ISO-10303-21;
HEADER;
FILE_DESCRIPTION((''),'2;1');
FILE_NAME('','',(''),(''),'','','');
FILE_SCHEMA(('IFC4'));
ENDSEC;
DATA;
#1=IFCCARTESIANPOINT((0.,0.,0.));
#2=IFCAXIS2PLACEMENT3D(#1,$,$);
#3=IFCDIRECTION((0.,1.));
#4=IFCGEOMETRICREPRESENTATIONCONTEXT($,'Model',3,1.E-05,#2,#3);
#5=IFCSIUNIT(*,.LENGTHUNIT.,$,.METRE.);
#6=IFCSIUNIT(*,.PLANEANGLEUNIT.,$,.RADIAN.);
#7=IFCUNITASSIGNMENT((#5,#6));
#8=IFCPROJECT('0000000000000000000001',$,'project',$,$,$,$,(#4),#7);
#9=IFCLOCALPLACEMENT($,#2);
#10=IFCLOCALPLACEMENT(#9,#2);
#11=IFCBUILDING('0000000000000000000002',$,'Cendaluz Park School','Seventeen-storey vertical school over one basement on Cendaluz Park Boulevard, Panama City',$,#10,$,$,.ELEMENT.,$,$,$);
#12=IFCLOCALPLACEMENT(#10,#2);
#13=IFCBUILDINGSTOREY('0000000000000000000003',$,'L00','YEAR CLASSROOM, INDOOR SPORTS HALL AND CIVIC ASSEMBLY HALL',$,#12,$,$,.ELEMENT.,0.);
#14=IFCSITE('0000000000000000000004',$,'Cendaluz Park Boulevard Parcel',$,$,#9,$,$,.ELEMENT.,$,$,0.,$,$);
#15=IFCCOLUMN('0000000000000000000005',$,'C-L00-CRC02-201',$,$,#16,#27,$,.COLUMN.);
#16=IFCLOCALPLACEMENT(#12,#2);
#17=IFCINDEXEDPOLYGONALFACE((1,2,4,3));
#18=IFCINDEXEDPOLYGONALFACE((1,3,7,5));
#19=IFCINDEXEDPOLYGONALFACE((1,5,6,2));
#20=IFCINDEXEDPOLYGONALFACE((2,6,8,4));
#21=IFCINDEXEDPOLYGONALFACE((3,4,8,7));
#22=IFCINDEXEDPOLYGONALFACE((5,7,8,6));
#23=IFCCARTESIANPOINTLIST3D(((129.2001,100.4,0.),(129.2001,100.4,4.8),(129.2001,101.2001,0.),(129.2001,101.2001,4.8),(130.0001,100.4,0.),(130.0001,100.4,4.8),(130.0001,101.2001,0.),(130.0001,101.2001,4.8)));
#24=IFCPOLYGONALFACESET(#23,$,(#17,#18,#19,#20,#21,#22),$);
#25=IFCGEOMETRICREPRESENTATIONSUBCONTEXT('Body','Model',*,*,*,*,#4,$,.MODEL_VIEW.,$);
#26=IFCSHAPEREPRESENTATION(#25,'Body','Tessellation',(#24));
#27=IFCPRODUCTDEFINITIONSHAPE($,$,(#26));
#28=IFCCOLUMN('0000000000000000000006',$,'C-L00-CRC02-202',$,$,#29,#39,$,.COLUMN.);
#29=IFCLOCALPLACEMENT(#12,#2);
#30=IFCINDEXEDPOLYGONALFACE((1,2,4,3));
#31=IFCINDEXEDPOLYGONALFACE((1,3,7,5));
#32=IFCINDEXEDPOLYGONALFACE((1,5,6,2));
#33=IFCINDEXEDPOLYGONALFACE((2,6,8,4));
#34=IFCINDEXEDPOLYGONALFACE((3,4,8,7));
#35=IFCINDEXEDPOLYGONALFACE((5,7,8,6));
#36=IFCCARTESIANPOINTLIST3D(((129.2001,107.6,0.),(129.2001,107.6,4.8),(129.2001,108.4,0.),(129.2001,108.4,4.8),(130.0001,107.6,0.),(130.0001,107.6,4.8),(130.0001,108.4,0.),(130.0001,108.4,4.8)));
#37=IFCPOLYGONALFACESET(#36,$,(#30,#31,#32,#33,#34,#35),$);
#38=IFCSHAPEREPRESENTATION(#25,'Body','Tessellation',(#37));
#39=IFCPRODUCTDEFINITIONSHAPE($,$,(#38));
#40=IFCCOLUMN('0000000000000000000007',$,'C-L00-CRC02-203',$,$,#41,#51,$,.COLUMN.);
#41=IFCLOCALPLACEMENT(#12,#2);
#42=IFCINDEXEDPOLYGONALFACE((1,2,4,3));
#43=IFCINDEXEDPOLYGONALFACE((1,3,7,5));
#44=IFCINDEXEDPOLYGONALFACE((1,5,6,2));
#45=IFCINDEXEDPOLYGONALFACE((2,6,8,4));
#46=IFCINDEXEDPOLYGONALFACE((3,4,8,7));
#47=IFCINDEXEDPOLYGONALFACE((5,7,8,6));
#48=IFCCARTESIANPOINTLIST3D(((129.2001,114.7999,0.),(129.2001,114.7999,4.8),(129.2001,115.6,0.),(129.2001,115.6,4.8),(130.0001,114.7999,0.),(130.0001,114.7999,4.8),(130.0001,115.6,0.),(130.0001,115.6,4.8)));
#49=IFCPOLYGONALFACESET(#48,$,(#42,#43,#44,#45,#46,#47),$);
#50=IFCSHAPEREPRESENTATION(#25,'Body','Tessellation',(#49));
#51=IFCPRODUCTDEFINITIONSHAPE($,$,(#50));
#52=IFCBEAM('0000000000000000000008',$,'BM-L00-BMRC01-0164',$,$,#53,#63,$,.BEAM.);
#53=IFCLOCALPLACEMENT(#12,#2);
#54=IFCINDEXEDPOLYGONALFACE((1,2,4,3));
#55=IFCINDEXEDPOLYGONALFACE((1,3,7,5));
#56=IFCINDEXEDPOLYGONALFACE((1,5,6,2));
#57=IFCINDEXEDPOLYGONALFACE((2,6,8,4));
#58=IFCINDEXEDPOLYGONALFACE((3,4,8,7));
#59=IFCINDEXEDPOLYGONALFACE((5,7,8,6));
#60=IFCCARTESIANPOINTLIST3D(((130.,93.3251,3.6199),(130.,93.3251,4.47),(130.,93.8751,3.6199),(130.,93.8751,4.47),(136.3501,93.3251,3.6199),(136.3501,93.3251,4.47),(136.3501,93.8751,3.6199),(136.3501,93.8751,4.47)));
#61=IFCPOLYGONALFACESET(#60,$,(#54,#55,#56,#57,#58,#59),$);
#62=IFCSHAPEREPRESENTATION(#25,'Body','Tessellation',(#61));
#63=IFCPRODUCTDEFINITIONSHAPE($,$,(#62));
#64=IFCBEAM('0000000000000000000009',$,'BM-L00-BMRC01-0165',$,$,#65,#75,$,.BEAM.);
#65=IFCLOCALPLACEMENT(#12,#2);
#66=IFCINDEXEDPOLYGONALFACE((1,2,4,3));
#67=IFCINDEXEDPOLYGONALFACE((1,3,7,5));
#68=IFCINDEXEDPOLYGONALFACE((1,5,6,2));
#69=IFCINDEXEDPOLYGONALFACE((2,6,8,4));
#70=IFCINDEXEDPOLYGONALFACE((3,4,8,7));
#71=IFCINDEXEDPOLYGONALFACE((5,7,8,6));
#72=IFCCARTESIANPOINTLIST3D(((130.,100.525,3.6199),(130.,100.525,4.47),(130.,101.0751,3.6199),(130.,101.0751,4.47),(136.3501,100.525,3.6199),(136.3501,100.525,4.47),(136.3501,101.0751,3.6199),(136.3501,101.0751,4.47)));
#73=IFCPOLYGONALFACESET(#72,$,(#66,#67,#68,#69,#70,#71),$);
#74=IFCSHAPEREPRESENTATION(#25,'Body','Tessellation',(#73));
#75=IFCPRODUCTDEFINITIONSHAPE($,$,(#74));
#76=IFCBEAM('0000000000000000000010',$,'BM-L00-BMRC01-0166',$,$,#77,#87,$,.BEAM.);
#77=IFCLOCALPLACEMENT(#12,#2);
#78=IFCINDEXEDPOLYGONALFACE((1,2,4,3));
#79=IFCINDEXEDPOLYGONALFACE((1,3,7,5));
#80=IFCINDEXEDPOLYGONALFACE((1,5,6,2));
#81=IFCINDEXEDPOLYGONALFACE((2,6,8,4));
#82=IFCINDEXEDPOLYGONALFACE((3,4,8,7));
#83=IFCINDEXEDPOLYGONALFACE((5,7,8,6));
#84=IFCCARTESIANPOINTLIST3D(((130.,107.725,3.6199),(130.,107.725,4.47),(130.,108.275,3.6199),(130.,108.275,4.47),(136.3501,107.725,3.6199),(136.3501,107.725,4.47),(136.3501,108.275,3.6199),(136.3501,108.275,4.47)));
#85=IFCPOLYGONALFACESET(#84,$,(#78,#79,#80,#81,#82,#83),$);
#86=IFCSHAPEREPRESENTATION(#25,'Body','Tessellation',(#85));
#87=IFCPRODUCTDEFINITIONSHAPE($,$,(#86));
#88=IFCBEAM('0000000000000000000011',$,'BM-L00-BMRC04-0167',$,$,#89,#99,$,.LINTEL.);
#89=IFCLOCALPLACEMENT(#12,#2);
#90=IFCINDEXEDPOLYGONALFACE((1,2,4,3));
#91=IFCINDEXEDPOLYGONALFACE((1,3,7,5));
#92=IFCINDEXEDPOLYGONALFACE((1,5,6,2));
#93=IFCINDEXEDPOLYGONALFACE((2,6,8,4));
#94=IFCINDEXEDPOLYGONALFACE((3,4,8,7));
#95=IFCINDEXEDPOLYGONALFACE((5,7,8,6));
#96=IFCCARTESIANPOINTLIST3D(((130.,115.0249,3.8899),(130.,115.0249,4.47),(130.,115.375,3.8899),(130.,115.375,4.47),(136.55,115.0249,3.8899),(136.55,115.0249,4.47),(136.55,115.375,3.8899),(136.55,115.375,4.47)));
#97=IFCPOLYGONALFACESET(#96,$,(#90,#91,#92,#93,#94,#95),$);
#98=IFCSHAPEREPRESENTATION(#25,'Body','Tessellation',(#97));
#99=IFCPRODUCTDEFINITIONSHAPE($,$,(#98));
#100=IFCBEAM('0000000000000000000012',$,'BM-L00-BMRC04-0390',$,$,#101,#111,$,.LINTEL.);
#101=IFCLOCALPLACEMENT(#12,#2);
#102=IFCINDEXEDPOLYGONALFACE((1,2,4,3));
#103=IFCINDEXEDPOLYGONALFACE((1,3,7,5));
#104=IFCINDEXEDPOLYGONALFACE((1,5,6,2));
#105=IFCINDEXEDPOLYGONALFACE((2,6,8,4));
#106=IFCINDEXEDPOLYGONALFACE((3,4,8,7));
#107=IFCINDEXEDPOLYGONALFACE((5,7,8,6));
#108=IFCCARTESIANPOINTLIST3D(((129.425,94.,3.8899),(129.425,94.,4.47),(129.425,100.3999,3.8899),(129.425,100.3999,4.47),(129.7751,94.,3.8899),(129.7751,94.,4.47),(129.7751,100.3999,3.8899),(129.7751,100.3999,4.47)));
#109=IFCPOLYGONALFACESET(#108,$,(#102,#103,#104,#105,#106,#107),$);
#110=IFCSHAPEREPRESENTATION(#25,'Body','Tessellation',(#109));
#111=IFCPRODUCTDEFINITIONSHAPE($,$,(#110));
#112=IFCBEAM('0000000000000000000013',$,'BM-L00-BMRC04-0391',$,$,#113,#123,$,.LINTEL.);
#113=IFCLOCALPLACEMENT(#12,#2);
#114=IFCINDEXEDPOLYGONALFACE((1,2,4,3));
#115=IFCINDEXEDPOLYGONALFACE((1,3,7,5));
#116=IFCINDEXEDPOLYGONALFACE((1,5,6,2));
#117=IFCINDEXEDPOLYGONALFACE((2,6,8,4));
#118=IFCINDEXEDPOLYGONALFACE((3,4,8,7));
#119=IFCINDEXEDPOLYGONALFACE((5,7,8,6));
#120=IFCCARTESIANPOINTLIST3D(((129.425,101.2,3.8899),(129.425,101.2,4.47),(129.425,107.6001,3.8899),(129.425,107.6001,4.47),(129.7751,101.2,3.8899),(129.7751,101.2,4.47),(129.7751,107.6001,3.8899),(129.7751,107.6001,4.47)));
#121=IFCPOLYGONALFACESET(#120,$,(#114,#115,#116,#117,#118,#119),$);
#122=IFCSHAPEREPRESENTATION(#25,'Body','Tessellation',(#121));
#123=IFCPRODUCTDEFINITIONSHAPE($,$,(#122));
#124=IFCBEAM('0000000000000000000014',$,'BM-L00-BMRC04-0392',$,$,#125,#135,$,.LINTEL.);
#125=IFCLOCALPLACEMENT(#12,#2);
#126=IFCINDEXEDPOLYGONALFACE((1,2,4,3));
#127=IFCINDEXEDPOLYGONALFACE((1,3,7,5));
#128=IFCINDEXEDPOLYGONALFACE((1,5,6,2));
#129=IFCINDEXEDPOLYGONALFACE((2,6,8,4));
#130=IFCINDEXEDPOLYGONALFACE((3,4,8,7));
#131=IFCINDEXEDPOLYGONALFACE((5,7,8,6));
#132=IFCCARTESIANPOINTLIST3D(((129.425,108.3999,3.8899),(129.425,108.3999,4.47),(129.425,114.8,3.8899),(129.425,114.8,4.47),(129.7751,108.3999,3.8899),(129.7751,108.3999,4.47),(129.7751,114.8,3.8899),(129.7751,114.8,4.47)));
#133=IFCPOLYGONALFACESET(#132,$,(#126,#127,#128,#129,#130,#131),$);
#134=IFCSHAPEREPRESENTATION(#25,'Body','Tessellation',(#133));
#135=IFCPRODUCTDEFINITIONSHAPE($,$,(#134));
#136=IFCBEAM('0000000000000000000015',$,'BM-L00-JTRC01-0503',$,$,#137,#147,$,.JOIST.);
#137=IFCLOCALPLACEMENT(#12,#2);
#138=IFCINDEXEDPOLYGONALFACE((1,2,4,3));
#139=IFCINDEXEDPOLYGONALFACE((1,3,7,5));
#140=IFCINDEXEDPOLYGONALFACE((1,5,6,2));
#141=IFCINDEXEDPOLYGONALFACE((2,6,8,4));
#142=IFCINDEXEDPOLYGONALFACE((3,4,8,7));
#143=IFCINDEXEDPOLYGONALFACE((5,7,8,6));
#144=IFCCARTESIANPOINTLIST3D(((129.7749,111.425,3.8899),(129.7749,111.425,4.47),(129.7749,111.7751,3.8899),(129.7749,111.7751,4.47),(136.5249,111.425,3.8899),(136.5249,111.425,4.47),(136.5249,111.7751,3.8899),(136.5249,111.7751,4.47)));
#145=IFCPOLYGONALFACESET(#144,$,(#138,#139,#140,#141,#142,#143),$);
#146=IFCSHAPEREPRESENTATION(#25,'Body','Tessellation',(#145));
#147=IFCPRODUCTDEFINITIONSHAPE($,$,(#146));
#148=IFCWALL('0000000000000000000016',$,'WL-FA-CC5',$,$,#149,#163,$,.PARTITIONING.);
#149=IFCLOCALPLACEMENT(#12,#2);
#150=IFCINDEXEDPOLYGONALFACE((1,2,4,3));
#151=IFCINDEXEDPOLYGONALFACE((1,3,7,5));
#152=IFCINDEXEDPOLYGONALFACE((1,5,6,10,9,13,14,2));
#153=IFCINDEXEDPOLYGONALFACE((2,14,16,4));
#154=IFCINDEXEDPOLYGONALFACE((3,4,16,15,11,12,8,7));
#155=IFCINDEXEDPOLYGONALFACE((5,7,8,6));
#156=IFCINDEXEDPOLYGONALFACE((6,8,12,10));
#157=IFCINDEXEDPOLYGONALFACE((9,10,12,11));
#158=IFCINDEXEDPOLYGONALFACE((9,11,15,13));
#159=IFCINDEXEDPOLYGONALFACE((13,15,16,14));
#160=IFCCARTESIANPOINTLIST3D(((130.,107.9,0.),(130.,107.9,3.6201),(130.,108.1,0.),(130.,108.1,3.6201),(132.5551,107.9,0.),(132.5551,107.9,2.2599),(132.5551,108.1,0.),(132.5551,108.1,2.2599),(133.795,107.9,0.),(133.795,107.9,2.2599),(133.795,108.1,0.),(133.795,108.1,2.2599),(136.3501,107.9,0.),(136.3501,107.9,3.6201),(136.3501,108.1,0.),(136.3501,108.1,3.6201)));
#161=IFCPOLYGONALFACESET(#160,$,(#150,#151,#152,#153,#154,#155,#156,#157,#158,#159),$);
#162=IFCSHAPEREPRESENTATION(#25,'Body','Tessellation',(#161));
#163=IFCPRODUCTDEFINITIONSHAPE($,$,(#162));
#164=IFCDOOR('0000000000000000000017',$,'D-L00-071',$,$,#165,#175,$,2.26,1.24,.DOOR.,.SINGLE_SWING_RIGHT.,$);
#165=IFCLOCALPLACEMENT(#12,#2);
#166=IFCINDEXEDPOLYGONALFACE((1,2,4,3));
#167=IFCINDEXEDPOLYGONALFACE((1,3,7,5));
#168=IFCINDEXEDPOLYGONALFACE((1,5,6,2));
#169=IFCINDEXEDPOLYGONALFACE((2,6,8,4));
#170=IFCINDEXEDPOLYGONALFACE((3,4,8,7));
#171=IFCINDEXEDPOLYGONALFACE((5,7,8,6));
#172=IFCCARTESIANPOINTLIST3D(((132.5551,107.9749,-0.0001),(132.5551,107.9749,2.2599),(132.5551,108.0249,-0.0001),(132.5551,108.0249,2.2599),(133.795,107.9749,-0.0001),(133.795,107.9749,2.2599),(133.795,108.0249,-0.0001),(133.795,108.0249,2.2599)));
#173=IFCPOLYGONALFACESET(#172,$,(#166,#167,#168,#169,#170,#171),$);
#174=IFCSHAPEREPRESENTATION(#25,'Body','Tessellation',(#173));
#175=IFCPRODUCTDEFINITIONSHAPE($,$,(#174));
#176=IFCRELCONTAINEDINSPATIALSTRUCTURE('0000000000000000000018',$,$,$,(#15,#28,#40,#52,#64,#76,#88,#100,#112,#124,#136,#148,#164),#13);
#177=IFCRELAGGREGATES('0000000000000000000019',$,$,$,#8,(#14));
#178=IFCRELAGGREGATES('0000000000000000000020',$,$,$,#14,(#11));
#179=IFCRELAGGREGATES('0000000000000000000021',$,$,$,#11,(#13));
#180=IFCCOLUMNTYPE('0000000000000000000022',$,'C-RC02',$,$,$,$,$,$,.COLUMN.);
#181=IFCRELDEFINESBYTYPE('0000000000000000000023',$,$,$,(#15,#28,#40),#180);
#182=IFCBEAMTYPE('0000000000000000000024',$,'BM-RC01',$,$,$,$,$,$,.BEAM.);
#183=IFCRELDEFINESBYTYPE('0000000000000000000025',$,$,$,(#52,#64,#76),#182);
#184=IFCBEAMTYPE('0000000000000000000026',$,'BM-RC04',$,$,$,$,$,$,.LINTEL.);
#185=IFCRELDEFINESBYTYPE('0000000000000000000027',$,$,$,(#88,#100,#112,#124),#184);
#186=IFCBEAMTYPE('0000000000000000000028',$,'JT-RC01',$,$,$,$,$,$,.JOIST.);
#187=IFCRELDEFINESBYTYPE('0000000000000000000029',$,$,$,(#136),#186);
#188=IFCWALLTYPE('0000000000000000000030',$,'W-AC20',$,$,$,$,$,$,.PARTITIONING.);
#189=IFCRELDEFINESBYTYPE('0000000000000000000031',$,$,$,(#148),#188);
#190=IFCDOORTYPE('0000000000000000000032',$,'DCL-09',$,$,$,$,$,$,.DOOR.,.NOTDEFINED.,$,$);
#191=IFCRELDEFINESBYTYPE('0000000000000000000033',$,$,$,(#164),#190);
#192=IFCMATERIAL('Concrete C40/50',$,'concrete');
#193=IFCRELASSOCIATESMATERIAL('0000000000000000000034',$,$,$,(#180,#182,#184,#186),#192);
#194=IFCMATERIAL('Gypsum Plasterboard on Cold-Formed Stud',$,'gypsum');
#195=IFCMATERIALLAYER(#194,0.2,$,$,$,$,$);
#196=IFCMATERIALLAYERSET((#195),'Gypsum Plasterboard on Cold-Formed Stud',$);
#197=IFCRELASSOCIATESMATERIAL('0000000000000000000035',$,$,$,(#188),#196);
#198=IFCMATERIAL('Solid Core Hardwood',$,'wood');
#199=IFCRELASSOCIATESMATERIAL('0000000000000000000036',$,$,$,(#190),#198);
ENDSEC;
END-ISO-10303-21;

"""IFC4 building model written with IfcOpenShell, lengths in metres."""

from ifc_helpers import new_model, si_unit, direction, frame, frame_2d, origin, origin_2d, place, context, subcontext, project, spatial, rectangle, extrude, material, layer, layer_set, material_profile, profile_set, type_object, element, fill, save


model = new_model("IFC4")

# Units and contexts
model_context = context("Model", 3, precision=1e-05, world=origin(), true_north=direction((0.0, 1.0)))
body_context = subcontext(model_context, "Body", "Model", "MODEL_VIEW")
ifc_project = project(units=[si_unit("LENGTHUNIT", "METRE"), si_unit("PLANEANGLEUNIT", "RADIAN")], contexts=[model_context])

# Site, building, storey
site_placement = place(None, origin())
site = spatial("IfcSite", under=ifc_project, at=site_placement, Name="Cendaluz Park Boulevard Parcel", CompositionType="ELEMENT", RefElevation=0.0)
building_placement = place(site_placement, origin())
building = spatial("IfcBuilding", under=site, at=building_placement, Name="Cendaluz Park School", Description="Seventeen-storey vertical school over one basement on Cendaluz Park Boulevard, Panama City", CompositionType="ELEMENT")
storey_placement = place(building_placement, origin())
storey = spatial("IfcBuildingStorey", under=building, at=storey_placement, Name="L00", Description="YEAR CLASSROOM, INDOOR SPORTS HALL AND CIVIC ASSEMBLY HALL", CompositionType="ELEMENT", Elevation=0.0)

# Columns
ifc_material_1 = material(Name="Concrete C40/50", Category="concrete")
ifc_material_profile_1 = material_profile(ifc_material_1, rectangle(XDim=0.8, YDim=0.8, at=origin_2d()), Name="RC 800x800", Category="concrete")
ifc_profile_set_1 = profile_set([ifc_material_profile_1], Name="Concrete C40/50")
column_type = type_object("IfcColumnType", Name="C-RC02", PredefinedType="COLUMN", material=ifc_profile_set_1)
for number, where, z_axis, x_axis, name in (
    (1, (129.6001, 100.8, 0.0), (0.0, 0.0, 1.0), (1.0, 0.0, 0.0), "C-L00-CRC02-201"),
    (2, (129.6001, 108.0, 0.0), (0.0, 0.0, 1.0), (1.0, 0.0, 0.0), "C-L00-CRC02-202"),
    (3, (129.6001, 115.2, 0.0), (0.0, 0.0, 1.0), (1.0, 0.0, 0.0), "C-L00-CRC02-203"),
):
    element("IfcColumn", number, at=place(storey_placement, frame(where, z_axis=z_axis, x_axis=x_axis)), inside=storey, type_object=column_type, Name=name, PredefinedType="COLUMN", context=body_context, shape_type="SweptSolid", body=[
        extrude(rectangle(XDim=0.8, YDim=0.8, at=origin_2d()), origin(), (0.0, 0.0, 1.0), 4.8),
    ])

# Beams
ifc_material_profile_2 = material_profile(ifc_material_1, rectangle(XDim=0.55, YDim=0.8501, at=origin_2d()), Name="RC 550x850", Category="concrete")
ifc_profile_set_2 = profile_set([ifc_material_profile_2], Name="Concrete C40/50")
beam_type_1 = type_object("IfcBeamType", Name="BM-RC01", PredefinedType="BEAM", material=ifc_profile_set_2)
for number, where, z_axis, x_axis, name in (
    (4, (130.0, 93.6001, 4.0449), (1.0, 0.0, 0.0), (0.0, 1.0, 0.0), "BM-L00-BMRC01-0164"),
    (5, (130.0, 100.8, 4.0449), (1.0, 0.0, 0.0), (0.0, 1.0, 0.0), "BM-L00-BMRC01-0165"),
    (6, (130.0, 108.0, 4.0449), (1.0, 0.0, 0.0), (0.0, 1.0, 0.0), "BM-L00-BMRC01-0166"),
):
    element("IfcBeam", number, at=place(storey_placement, frame(where, z_axis=z_axis, x_axis=x_axis)), inside=storey, type_object=beam_type_1, Name=name, PredefinedType="BEAM", context=body_context, shape_type="SweptSolid", body=[
        extrude(rectangle(XDim=0.55, YDim=0.8501, at=origin_2d()), origin(), (0.0, 0.0, 1.0), 6.3501),
    ])
ifc_material_profile_3 = material_profile(ifc_material_1, rectangle(XDim=0.3501, YDim=0.5801, at=origin_2d()), Name="RC 350x580", Category="concrete")
ifc_profile_set_3 = profile_set([ifc_material_profile_3], Name="Concrete C40/50")
beam_type_2 = type_object("IfcBeamType", Name="BM-RC04", PredefinedType="LINTEL", material=ifc_profile_set_3)
beam_1_placement = place(storey_placement, frame((130.0, 115.2, 4.1799), z_axis=(1.0, 0.0, 0.0), x_axis=(0.0, 1.0, 0.0)))
element("IfcBeam", 7, at=beam_1_placement, inside=storey, type_object=beam_type_2, Name="BM-L00-BMRC04-0167", PredefinedType="LINTEL", context=body_context, shape_type="SweptSolid", body=[
    extrude(rectangle(XDim=0.3501, YDim=0.5801, at=origin_2d()), origin(), (0.0, 0.0, 1.0), 6.55),
])
beam_2_placement = place(storey_placement, frame((129.6001, 94.0, 4.1799), z_axis=(0.0, 1.0, 0.0), x_axis=(-1.0, 0.0, 0.0)))
element("IfcBeam", 8, at=beam_2_placement, inside=storey, type_object=beam_type_2, Name="BM-L00-BMRC04-0390", PredefinedType="LINTEL", context=body_context, shape_type="SweptSolid", body=[
    extrude(rectangle(XDim=0.3501, YDim=0.5801, at=origin_2d()), origin(), (0.0, 0.0, 1.0), 6.3999),
])
for number, where, z_axis, x_axis, name in (
    (9, (129.6001, 101.2, 4.1799), (0.0, 1.0, 0.0), (-1.0, 0.0, 0.0), "BM-L00-BMRC04-0391"),
    (10, (129.6001, 108.3999, 4.1799), (0.0, 1.0, 0.0), (-1.0, 0.0, 0.0), "BM-L00-BMRC04-0392"),
):
    element("IfcBeam", number, at=place(storey_placement, frame(where, z_axis=z_axis, x_axis=x_axis)), inside=storey, type_object=beam_type_2, Name=name, PredefinedType="LINTEL", context=body_context, shape_type="SweptSolid", body=[
        extrude(rectangle(XDim=0.3501, YDim=0.5801, at=origin_2d()), origin(), (0.0, 0.0, 1.0), 6.4001),
    ])
ifc_material_profile_4 = material_profile(ifc_material_1, rectangle(XDim=0.3501, YDim=0.5801, at=origin_2d()), Name="RC 350x580", Category="concrete")
ifc_profile_set_4 = profile_set([ifc_material_profile_4], Name="Concrete C40/50")
beam_type_3 = type_object("IfcBeamType", Name="JT-RC01", PredefinedType="JOIST", material=ifc_profile_set_4)
beam_3_placement = place(storey_placement, frame((129.7749, 111.6001, 4.1799), z_axis=(1.0, 0.0, 0.0), x_axis=(0.0, 1.0, 0.0)))
element("IfcBeam", 11, at=beam_3_placement, inside=storey, type_object=beam_type_3, Name="BM-L00-JTRC01-0503", PredefinedType="JOIST", context=body_context, shape_type="SweptSolid", body=[
    extrude(rectangle(XDim=0.3501, YDim=0.5801, at=origin_2d()), origin(), (0.0, 0.0, 1.0), 6.75),
])

# Wall, opening, door
ifc_material_2 = material(Name="Gypsum Plasterboard on Cold-Formed Stud", Category="gypsum")
ifc_layer_1 = layer(ifc_material_2, 0.2)
ifc_layer_set_1 = layer_set([ifc_layer_1], Name="Gypsum Plasterboard on Cold-Formed Stud")
wall_type_1 = type_object("IfcWallType", Name="W-AC20", PredefinedType="PARTITIONING", material=ifc_layer_set_1)
wall_1_placement = place(storey_placement, frame((130.0, 108.0, 0.0), z_axis=(0.0, 0.0, 1.0), x_axis=(1.0, 0.0, 0.0)))
wall_1 = element("IfcWall", 12, at=wall_1_placement, inside=storey, type_object=wall_type_1, Name="WL-FA-CC5", PredefinedType="PARTITIONING", context=body_context, shape_type="SweptSolid", body=[
    extrude(rectangle(XDim=6.3501, YDim=0.2, at=frame_2d((3.175, 0.0))), origin(), (0.0, 0.0, 1.0), 3.6201),
])
opening_1_placement = place(wall_1_placement, frame((2.5549, 0.0, 0.0)))
opening_1 = element("IfcOpeningElement", 13, at=opening_1_placement, cuts=wall_1, PredefinedType="OPENING", context=body_context, shape_type="SweptSolid", body=[
    extrude(rectangle(XDim=1.24, YDim=2.26, at=frame_2d((0.6201, 1.1299))), frame((0.0, 0.1121, 0.0), z_axis=(0.0, -1.0, 0.0), x_axis=(1.0, 0.0, 0.0)), (0.0, 0.0, 1.0), 0.2239),
])
ifc_material_3 = material(Name="Solid Core Hardwood", Category="wood")
door_type = type_object("IfcDoorType", Name="DCL-09", OperationType="NOTDEFINED", PredefinedType="DOOR", material=ifc_material_3)
door_placement = place(opening_1_placement, origin())
door = element("IfcDoor", 14, at=door_placement, inside=storey, type_object=door_type, Name="D-L00-071", OperationType="SINGLE_SWING_RIGHT", OverallHeight=2.26, OverallWidth=1.24, PredefinedType="DOOR", context=body_context, shape_type="SweptSolid", body=[
    extrude(rectangle(XDim=1.24, YDim=2.26, at=frame_2d((0.6201, 1.1299))), frame((0.0, 0.0249, 0.0), z_axis=(0.0, -1.0, 0.0), x_axis=(1.0, 0.0, 0.0)), (0.0, 0.0, 1.0), 0.05),
])
fill(opening_1, door)

save(model, "model.ifc")
